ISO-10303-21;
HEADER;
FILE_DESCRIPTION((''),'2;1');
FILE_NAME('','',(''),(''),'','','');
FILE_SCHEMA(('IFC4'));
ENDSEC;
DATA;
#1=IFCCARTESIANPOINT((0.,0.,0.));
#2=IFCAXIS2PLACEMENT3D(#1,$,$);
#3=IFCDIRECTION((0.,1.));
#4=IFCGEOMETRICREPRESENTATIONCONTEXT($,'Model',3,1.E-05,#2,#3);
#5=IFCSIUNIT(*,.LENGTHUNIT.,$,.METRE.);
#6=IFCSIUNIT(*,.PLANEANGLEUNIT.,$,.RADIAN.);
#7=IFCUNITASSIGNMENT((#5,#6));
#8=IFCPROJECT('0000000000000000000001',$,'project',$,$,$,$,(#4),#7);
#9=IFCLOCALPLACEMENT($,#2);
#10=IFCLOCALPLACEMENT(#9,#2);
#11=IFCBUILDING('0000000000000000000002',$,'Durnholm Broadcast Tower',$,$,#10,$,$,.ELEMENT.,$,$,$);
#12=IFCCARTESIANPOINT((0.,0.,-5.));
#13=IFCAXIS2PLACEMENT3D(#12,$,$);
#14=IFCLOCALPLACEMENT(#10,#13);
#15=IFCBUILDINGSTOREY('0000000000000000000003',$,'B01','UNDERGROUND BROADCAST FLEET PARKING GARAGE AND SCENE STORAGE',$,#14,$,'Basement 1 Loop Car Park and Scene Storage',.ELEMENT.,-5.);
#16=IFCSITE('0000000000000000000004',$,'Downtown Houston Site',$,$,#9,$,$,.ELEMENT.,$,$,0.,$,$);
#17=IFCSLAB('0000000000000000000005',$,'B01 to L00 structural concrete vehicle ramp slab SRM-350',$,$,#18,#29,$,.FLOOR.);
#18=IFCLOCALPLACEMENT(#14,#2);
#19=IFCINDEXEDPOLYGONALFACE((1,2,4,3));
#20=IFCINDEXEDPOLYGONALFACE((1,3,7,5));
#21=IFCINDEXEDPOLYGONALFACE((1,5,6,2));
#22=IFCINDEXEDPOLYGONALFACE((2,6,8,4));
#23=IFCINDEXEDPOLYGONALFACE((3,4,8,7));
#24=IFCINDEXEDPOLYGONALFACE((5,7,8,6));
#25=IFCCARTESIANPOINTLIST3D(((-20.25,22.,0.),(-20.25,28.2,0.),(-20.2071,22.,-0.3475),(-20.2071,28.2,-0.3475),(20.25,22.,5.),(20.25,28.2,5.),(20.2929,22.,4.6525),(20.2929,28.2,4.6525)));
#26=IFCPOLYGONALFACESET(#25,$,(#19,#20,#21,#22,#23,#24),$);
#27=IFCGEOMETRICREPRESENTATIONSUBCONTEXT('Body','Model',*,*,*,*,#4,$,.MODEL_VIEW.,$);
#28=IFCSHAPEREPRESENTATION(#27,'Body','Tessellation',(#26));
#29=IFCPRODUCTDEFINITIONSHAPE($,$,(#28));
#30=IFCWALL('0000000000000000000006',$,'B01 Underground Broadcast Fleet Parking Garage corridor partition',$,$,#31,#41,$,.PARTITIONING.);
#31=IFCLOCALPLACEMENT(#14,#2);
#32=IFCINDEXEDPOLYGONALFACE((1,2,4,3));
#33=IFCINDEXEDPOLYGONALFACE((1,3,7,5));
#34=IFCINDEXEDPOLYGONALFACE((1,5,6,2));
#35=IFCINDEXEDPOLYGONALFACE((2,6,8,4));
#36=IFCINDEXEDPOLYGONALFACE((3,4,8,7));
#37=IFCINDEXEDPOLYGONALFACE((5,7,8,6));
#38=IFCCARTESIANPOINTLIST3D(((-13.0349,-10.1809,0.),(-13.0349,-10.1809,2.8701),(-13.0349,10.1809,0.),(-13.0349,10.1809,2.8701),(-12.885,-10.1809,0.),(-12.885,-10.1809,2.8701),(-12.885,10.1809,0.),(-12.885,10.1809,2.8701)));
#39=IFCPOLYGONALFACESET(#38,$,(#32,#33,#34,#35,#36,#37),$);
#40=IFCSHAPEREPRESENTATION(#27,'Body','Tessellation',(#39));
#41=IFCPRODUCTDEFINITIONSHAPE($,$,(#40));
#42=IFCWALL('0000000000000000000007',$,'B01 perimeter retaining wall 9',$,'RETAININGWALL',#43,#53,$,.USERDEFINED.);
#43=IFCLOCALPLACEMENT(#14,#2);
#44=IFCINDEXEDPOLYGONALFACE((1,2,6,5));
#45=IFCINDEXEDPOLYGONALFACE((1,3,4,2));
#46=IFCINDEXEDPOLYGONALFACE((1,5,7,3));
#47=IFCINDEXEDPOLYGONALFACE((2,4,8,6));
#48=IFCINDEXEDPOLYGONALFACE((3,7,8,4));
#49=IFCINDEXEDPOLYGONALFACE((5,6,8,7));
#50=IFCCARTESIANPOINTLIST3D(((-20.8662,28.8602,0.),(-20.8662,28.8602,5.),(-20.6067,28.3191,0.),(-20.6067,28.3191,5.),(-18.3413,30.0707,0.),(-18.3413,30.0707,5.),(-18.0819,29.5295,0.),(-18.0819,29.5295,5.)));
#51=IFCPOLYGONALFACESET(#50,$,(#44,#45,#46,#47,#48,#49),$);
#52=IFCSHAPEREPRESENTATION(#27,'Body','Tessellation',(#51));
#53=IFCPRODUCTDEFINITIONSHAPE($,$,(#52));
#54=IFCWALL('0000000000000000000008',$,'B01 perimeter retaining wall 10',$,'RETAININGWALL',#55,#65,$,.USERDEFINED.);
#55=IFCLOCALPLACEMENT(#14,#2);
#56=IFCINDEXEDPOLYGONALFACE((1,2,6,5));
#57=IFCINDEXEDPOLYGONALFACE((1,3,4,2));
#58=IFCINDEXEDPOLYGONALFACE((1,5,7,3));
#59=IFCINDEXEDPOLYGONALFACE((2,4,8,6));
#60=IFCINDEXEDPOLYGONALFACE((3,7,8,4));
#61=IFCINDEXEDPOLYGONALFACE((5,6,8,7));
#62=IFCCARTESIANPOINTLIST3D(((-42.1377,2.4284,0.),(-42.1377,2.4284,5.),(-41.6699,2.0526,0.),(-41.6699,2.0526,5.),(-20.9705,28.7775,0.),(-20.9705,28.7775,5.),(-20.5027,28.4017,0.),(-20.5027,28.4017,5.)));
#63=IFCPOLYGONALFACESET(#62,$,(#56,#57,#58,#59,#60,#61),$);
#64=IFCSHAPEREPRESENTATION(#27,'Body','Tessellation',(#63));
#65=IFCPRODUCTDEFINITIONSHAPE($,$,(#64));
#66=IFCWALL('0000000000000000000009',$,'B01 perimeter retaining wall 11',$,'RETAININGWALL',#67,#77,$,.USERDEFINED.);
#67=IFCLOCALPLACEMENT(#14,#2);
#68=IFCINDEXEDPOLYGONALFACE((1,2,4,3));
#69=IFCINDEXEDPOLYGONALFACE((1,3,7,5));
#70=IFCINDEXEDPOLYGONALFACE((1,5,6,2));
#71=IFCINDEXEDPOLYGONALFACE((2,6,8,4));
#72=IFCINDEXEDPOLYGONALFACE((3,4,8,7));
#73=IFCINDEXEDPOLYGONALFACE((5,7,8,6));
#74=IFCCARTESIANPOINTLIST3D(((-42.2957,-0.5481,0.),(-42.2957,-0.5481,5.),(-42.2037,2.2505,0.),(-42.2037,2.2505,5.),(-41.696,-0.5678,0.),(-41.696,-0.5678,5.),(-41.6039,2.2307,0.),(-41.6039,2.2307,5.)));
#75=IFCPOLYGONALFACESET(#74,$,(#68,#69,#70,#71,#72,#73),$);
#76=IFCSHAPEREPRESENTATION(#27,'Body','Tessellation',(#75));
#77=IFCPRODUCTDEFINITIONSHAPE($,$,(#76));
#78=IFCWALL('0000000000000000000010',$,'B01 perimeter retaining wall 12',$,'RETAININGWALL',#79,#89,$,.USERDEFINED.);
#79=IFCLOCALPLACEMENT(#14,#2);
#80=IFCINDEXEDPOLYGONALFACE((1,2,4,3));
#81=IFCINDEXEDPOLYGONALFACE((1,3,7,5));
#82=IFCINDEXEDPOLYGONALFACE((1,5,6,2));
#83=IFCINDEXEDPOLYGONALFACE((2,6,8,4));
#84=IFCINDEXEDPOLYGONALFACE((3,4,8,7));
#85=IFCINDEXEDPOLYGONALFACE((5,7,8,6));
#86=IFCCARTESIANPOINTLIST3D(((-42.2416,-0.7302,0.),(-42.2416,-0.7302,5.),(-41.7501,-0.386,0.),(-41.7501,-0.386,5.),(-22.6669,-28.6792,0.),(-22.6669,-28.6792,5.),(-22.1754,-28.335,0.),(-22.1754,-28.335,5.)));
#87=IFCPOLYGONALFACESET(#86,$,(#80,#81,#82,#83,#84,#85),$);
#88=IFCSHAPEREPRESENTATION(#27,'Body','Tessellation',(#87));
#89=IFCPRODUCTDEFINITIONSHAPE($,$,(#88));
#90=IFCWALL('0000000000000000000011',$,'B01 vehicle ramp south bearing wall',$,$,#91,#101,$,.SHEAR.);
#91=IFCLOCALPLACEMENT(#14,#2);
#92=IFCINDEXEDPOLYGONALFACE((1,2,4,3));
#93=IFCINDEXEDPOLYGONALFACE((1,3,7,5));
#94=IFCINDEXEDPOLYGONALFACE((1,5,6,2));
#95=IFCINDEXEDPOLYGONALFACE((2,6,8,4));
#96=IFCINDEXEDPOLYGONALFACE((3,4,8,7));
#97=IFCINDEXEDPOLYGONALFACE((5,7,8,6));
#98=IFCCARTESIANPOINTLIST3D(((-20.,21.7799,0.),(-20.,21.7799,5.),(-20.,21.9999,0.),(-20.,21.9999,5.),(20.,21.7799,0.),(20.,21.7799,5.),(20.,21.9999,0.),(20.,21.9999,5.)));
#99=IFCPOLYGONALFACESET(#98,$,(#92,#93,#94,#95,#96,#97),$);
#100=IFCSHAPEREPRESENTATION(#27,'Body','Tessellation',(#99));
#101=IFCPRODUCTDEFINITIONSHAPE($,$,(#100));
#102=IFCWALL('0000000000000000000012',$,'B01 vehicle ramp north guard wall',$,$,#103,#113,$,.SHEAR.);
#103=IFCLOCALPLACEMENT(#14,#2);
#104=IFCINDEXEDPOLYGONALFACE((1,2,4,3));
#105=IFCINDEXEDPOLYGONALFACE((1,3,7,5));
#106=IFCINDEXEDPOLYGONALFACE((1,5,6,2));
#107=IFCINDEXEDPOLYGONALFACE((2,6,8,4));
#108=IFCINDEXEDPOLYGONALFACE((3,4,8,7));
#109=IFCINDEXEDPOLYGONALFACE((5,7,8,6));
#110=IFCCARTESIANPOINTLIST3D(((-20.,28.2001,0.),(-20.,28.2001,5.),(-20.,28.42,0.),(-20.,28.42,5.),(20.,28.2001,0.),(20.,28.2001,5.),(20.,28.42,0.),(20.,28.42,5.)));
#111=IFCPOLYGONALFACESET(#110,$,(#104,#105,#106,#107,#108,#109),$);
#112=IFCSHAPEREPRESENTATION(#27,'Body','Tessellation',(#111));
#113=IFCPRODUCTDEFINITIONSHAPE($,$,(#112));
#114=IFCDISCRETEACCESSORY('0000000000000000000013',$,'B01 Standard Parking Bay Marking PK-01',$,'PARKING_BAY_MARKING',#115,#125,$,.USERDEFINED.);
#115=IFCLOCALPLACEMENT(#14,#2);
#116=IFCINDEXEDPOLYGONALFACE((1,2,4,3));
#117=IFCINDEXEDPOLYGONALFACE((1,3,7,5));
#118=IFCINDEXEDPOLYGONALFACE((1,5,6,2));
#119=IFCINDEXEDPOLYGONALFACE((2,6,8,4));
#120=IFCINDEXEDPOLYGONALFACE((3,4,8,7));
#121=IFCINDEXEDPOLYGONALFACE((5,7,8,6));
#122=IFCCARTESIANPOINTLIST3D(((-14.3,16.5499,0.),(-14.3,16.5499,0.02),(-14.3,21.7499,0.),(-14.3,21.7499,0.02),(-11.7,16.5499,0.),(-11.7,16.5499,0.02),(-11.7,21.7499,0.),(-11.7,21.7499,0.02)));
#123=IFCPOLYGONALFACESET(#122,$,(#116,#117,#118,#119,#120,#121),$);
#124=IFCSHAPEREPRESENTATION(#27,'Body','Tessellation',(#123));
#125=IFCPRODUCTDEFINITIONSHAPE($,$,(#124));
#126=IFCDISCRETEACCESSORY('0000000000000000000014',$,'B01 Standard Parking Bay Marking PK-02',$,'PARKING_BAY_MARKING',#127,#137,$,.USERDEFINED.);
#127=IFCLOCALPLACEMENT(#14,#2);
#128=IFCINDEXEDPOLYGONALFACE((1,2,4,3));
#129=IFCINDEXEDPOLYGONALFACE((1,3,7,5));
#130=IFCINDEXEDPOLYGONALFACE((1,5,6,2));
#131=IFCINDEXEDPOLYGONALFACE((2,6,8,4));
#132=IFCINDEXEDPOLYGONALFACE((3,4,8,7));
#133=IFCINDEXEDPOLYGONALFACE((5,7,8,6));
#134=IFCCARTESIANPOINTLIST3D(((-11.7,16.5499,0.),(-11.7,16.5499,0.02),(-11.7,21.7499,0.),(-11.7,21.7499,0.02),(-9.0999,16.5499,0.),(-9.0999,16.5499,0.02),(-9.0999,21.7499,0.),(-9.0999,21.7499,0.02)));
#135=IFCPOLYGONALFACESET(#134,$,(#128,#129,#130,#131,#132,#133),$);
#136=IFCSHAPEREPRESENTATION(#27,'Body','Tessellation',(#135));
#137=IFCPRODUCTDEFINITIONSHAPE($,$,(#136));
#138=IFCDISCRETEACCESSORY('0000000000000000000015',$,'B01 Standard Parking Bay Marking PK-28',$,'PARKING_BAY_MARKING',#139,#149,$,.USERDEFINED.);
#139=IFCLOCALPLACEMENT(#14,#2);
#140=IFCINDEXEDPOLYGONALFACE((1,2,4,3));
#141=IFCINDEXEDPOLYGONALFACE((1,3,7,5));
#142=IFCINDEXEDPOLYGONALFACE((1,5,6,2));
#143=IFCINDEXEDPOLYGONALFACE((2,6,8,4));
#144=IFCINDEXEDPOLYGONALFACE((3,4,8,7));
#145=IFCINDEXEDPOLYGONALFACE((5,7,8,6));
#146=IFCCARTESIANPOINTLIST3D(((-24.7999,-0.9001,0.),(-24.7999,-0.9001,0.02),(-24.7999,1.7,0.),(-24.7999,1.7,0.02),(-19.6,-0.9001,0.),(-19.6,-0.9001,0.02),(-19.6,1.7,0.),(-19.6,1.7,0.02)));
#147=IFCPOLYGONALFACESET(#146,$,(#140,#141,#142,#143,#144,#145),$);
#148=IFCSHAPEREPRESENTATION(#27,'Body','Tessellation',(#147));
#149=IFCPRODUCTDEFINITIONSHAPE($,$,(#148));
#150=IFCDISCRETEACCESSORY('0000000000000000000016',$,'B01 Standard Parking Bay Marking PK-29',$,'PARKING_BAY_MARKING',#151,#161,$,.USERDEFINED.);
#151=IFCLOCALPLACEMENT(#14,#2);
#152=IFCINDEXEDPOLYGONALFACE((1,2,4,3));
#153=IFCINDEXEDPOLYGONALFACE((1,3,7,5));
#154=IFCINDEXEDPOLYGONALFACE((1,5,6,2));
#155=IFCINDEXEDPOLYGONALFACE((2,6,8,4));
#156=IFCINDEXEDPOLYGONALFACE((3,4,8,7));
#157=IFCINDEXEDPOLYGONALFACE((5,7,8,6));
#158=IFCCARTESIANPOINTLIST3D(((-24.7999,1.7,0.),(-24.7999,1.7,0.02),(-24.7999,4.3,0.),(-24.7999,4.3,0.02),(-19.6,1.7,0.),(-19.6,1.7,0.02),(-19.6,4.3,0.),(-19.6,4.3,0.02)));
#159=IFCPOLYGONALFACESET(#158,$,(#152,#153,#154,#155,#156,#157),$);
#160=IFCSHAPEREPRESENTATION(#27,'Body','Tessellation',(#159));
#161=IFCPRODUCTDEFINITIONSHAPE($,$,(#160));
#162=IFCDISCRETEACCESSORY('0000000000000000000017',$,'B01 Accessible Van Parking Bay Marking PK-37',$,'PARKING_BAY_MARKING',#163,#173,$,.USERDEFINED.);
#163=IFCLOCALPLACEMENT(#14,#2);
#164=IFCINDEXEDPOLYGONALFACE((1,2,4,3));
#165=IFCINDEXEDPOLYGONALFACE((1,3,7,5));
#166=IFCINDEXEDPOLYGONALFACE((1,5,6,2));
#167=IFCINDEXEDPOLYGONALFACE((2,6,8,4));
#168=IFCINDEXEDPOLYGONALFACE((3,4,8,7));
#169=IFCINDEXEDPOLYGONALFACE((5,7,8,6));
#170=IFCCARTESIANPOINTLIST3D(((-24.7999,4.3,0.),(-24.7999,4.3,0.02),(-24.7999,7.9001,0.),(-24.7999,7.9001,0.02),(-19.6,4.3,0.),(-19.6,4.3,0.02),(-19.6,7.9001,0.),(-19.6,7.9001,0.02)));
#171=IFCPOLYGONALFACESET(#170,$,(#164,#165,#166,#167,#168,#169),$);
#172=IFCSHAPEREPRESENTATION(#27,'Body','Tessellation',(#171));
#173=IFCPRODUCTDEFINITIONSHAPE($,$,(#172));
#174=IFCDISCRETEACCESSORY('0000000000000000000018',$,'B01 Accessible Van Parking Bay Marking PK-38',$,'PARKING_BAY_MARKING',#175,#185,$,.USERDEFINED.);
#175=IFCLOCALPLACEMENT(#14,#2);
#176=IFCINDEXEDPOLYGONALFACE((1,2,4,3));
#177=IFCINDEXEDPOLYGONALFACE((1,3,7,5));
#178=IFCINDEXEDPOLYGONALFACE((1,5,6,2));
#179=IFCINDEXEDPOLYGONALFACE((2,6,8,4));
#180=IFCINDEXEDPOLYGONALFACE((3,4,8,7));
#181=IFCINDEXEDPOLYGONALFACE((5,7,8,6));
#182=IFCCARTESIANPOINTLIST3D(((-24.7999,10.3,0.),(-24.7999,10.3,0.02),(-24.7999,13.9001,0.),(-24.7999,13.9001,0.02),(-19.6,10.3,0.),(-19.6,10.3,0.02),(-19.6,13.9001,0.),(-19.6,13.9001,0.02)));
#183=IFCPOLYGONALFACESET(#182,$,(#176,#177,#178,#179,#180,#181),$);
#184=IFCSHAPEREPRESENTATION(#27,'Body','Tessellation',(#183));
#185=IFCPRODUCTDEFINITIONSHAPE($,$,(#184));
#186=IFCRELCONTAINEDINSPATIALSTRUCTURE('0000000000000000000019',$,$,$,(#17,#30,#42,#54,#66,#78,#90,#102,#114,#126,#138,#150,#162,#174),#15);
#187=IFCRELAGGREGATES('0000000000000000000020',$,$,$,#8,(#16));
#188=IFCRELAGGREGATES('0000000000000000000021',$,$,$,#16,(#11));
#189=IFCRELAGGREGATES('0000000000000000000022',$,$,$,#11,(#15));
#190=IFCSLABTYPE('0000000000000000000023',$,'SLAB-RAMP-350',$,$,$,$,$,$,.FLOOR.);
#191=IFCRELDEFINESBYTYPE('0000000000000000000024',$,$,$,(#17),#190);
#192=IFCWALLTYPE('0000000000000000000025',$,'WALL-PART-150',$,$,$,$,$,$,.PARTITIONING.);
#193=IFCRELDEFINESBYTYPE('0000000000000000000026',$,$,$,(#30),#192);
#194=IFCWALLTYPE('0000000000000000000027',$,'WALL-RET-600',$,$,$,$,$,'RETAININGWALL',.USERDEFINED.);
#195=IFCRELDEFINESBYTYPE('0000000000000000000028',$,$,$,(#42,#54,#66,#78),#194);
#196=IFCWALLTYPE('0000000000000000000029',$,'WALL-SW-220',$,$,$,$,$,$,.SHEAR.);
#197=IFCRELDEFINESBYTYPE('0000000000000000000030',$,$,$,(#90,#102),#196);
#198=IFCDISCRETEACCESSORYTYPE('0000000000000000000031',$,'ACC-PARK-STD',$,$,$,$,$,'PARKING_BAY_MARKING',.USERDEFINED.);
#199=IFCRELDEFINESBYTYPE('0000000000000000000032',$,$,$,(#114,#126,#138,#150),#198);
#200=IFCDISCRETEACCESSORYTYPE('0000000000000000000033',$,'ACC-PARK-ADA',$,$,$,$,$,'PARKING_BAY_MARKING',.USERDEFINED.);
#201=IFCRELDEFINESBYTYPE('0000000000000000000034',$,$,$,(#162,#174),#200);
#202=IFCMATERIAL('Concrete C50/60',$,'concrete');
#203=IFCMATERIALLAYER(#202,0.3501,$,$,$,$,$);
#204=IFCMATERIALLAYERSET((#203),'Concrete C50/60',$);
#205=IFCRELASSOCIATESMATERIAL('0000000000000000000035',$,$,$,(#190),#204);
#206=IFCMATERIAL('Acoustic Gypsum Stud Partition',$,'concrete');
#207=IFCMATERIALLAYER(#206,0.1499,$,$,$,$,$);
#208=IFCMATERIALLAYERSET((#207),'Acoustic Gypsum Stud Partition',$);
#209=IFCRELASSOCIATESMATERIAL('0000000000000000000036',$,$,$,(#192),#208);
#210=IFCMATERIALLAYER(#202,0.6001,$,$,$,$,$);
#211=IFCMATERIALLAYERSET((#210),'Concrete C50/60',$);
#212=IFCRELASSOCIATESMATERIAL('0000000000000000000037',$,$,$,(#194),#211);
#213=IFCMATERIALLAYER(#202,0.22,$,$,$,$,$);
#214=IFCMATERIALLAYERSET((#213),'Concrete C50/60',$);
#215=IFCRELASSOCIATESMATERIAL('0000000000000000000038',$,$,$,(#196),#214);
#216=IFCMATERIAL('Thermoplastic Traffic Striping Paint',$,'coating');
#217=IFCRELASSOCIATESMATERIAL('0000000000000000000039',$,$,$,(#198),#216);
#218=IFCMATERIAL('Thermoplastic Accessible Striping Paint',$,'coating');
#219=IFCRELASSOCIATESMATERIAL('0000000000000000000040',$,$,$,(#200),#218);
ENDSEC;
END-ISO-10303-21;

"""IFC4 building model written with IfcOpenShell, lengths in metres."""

from ifc_helpers import new_model, si_unit, direction, frame, frame_2d, origin, origin_2d, place, context, subcontext, project, spatial, polyline, rectangle, outline, extrude, source, transform, mapped, material, layer, layer_set, type_object, type_shapes, element, save


model = new_model("IFC4")

# Units and contexts
model_context = context("Model", 3, precision=1e-05, world=origin(), true_north=direction((0.0, 1.0)))
body_context = subcontext(model_context, "Body", "Model", "MODEL_VIEW")
ifc_project = project(units=[si_unit("LENGTHUNIT", "METRE"), si_unit("PLANEANGLEUNIT", "RADIAN")], contexts=[model_context])

# Site, building, storey
site_placement = place(None, origin())
site = spatial("IfcSite", under=ifc_project, at=site_placement, Name="Downtown Houston Site", CompositionType="ELEMENT", RefElevation=0.0)
building_placement = place(site_placement, origin())
building = spatial("IfcBuilding", under=site, at=building_placement, Name="Durnholm Broadcast Tower", CompositionType="ELEMENT")
storey_placement = place(building_placement, frame((0.0, 0.0, -5.0)))
storey = spatial("IfcBuildingStorey", under=building, at=storey_placement, Name="B01", Description="UNDERGROUND BROADCAST FLEET PARKING GARAGE AND SCENE STORAGE", LongName="Basement 1 Loop Car Park and Scene Storage", CompositionType="ELEMENT", Elevation=-5.0)

# Slab
ifc_material_1 = material(Name="Concrete C50/60", Category="concrete")
ifc_layer_1 = layer(ifc_material_1, 0.3501)
ifc_layer_set_1 = layer_set([ifc_layer_1], Name="Concrete C50/60")
slab_type = type_object("IfcSlabType", Name="SLAB-RAMP-350", PredefinedType="FLOOR", material=ifc_layer_set_1)
slab_placement = place(storey_placement, frame((-20.25, 22.0, 0.0), z_axis=(-0.122527, 0.0, 0.992465), x_axis=(0.992465, 0.0, 0.122527)))
element("IfcSlab", 1, at=slab_placement, inside=storey, type_object=slab_type, Name="B01 to L00 structural concrete vehicle ramp slab SRM-350", PredefinedType="FLOOR", context=body_context, shape_type="SweptSolid", body=[
    extrude(outline(polyline([(0.0, 0.0), (40.8075, 0.0), (40.8075, 6.2), (0.0, 6.2), (0.0, 0.0)])), origin(), (0.0, 0.0, -1.0), 0.3501),
])

# Walls
ifc_material_2 = material(Name="Acoustic Gypsum Stud Partition", Category="concrete")
ifc_layer_2 = layer(ifc_material_2, 0.1499)
ifc_layer_set_2 = layer_set([ifc_layer_2], Name="Acoustic Gypsum Stud Partition")
wall_type_1 = type_object("IfcWallType", Name="WALL-PART-150", PredefinedType="PARTITIONING", material=ifc_layer_set_2)
wall_1_placement = place(storey_placement, frame((-12.96, 10.1809, 0.0), z_axis=(0.0, 0.0, 1.0), x_axis=(0.0, -1.0, 0.0)))
element("IfcWall", 2, at=wall_1_placement, inside=storey, type_object=wall_type_1, Name="B01 Underground Broadcast Fleet Parking Garage corridor partition", PredefinedType="PARTITIONING", context=body_context, shape_type="SweptSolid", body=[
    extrude(rectangle(XDim=20.3618, YDim=0.1499, at=frame_2d((10.1809, 0.0))), origin(), (0.0, 0.0, 1.0), 2.8701),
])
ifc_layer_3 = layer(ifc_material_1, 0.6001)
ifc_layer_set_3 = layer_set([ifc_layer_3], Name="Concrete C50/60")
wall_type_2 = type_object("IfcWallType", Name="WALL-RET-600", ElementType="RETAININGWALL", PredefinedType="USERDEFINED", material=ifc_layer_set_3)
wall_2_placement = place(storey_placement, frame((-18.2117, 29.8, 0.0), z_axis=(0.0, 0.0, 1.0), x_axis=(-0.901732, -0.432294, 0.0)))
element("IfcWall", 3, at=wall_2_placement, inside=storey, type_object=wall_type_2, Name="B01 perimeter retaining wall 9", ObjectType="RETAININGWALL", PredefinedType="USERDEFINED", context=body_context, shape_type="SweptSolid", body=[
    extrude(rectangle(XDim=2.8, YDim=0.6001, at=frame_2d((1.3999, 0.0))), origin(), (0.0, 0.0, 1.0), 5.0),
])
wall_3_placement = place(storey_placement, frame((-20.7366, 28.5896, 0.0), z_axis=(0.0, 0.0, 1.0), x_axis=(-0.62628, -0.779598, 0.0)))
element("IfcWall", 4, at=wall_3_placement, inside=storey, type_object=wall_type_2, Name="B01 perimeter retaining wall 10", ObjectType="RETAININGWALL", PredefinedType="USERDEFINED", context=body_context, shape_type="SweptSolid", body=[
    extrude(rectangle(XDim=33.7983, YDim=0.6001, at=frame_2d((16.8992, 0.0))), origin(), (0.0, 0.0, 1.0), 5.0),
])
wall_4_placement = place(storey_placement, frame((-41.9038, 2.2405, 0.0), z_axis=(0.0, 0.0, 1.0), x_axis=(-0.032871, -0.99946, 0.0)))
element("IfcWall", 5, at=wall_4_placement, inside=storey, type_object=wall_type_2, Name="B01 perimeter retaining wall 11", ObjectType="RETAININGWALL", PredefinedType="USERDEFINED", context=body_context, shape_type="SweptSolid", body=[
    extrude(rectangle(XDim=2.8, YDim=0.6001, at=frame_2d((1.3999, 0.0))), origin(), (0.0, 0.0, 1.0), 5.0),
])
wall_5_placement = place(storey_placement, frame((-41.9958, -0.5581, 0.0), z_axis=(0.0, 0.0, 1.0), x_axis=(0.573667, -0.819088, 0.0)))
element("IfcWall", 6, at=wall_5_placement, inside=storey, type_object=wall_type_2, Name="B01 perimeter retaining wall 12", ObjectType="RETAININGWALL", PredefinedType="USERDEFINED", context=body_context, shape_type="SweptSolid", body=[
    extrude(rectangle(XDim=34.1221, YDim=0.6001, at=frame_2d((17.061, 0.0))), origin(), (0.0, 0.0, 1.0), 5.0),
])
ifc_layer_4 = layer(ifc_material_1, 0.22)
ifc_layer_set_4 = layer_set([ifc_layer_4], Name="Concrete C50/60")
wall_type_3 = type_object("IfcWallType", Name="WALL-SW-220", PredefinedType="SHEAR", material=ifc_layer_set_4)
for number, where, z_axis, x_axis, name in (
    (7, (-20.0, 21.8899, 0.0), (0.0, 0.0, 1.0), (1.0, 0.0, 0.0), "B01 vehicle ramp south bearing wall"),
    (8, (-20.0, 28.3101, 0.0), (0.0, 0.0, 1.0), (1.0, 0.0, 0.0), "B01 vehicle ramp north guard wall"),
):
    element("IfcWall", number, at=place(storey_placement, frame(where, z_axis=z_axis, x_axis=x_axis)), inside=storey, type_object=wall_type_3, Name=name, PredefinedType="SHEAR", context=body_context, shape_type="SweptSolid", body=[
        extrude(rectangle(XDim=40.0, YDim=0.22, at=frame_2d((20.0, 0.0))), origin(), (0.0, 0.0, 1.0), 5.0),
    ])

# Discrete accessories
ifc_material_3 = material(Name="Thermoplastic Traffic Striping Paint", Category="coating")
discrete_accessory_type_1 = type_object("IfcDiscreteAccessoryType", Name="ACC-PARK-STD", ElementType="PARKING_BAY_MARKING", PredefinedType="USERDEFINED", material=ifc_material_3)
shared_shape_1 = source(origin(), body_context, "Body", "SweptSolid", [
    extrude(rectangle(XDim=2.6001, YDim=5.2, at=origin_2d()), origin(), (0.0, 0.0, 1.0), 0.02),
])
for number, where, z_axis, x_axis, name in (
    (9, (-13.0, 19.1499, 0.0), (0.0, 0.0, 1.0), (1.0, 0.0, 0.0), "B01 Standard Parking Bay Marking PK-01"),
    (10, (-10.3999, 19.1499, 0.0), (0.0, 0.0, 1.0), (1.0, 0.0, 0.0), "B01 Standard Parking Bay Marking PK-02"),
):
    element("IfcDiscreteAccessory", number, at=place(storey_placement, frame(where, z_axis=z_axis, x_axis=x_axis)), inside=storey, type_object=discrete_accessory_type_1, Name=name, ObjectType="PARKING_BAY_MARKING", PredefinedType="USERDEFINED", context=body_context, shape_type="MappedRepresentation", body=[
        mapped(shared_shape_1, transform((0.0, 0.0, 0.0), x_axis=(1.0, 0.0, 0.0), y_axis=(0.0, 1.0, 0.0), z_axis=(0.0, 0.0, 1.0), scale=1.0)),
    ])
shared_shape_2 = source(origin(), body_context, "Body", "SweptSolid", [
    extrude(rectangle(XDim=5.2, YDim=2.6001, at=origin_2d()), origin(), (0.0, 0.0, 1.0), 0.02),
])
type_shapes(discrete_accessory_type_1, [shared_shape_1, shared_shape_2])
for number, where, z_axis, x_axis, name in (
    (11, (-22.2, 0.3999, 0.0), (0.0, 0.0, 1.0), (1.0, 0.0, 0.0), "B01 Standard Parking Bay Marking PK-28"),
    (12, (-22.2, 3.0, 0.0), (0.0, 0.0, 1.0), (1.0, 0.0, 0.0), "B01 Standard Parking Bay Marking PK-29"),
):
    element("IfcDiscreteAccessory", number, at=place(storey_placement, frame(where, z_axis=z_axis, x_axis=x_axis)), inside=storey, type_object=discrete_accessory_type_1, Name=name, ObjectType="PARKING_BAY_MARKING", PredefinedType="USERDEFINED", context=body_context, shape_type="MappedRepresentation", body=[
        mapped(shared_shape_2, transform((0.0, 0.0, 0.0), x_axis=(1.0, 0.0, 0.0), y_axis=(0.0, 1.0, 0.0), z_axis=(0.0, 0.0, 1.0), scale=1.0)),
    ])
ifc_material_4 = material(Name="Thermoplastic Accessible Striping Paint", Category="coating")
discrete_accessory_type_2 = type_object("IfcDiscreteAccessoryType", Name="ACC-PARK-ADA", ElementType="PARKING_BAY_MARKING", PredefinedType="USERDEFINED", material=ifc_material_4)
shared_shape_3 = source(origin(), body_context, "Body", "SweptSolid", [
    extrude(rectangle(XDim=5.2, YDim=3.6001, at=origin_2d()), origin(), (0.0, 0.0, 1.0), 0.02),
])
type_shapes(discrete_accessory_type_2, [shared_shape_3])
for number, where, z_axis, x_axis, name in (
    (13, (-22.2, 6.1001, 0.0), (0.0, 0.0, 1.0), (1.0, 0.0, 0.0), "B01 Accessible Van Parking Bay Marking PK-37"),
    (14, (-22.2, 12.1001, 0.0), (0.0, 0.0, 1.0), (1.0, 0.0, 0.0), "B01 Accessible Van Parking Bay Marking PK-38"),
):
    element("IfcDiscreteAccessory", number, at=place(storey_placement, frame(where, z_axis=z_axis, x_axis=x_axis)), inside=storey, type_object=discrete_accessory_type_2, Name=name, ObjectType="PARKING_BAY_MARKING", PredefinedType="USERDEFINED", context=body_context, shape_type="MappedRepresentation", body=[
        mapped(shared_shape_3, transform((0.0, 0.0, 0.0), x_axis=(1.0, 0.0, 0.0), y_axis=(0.0, 1.0, 0.0), z_axis=(0.0, 0.0, 1.0), scale=1.0)),
    ])

save(model, "model.ifc")
